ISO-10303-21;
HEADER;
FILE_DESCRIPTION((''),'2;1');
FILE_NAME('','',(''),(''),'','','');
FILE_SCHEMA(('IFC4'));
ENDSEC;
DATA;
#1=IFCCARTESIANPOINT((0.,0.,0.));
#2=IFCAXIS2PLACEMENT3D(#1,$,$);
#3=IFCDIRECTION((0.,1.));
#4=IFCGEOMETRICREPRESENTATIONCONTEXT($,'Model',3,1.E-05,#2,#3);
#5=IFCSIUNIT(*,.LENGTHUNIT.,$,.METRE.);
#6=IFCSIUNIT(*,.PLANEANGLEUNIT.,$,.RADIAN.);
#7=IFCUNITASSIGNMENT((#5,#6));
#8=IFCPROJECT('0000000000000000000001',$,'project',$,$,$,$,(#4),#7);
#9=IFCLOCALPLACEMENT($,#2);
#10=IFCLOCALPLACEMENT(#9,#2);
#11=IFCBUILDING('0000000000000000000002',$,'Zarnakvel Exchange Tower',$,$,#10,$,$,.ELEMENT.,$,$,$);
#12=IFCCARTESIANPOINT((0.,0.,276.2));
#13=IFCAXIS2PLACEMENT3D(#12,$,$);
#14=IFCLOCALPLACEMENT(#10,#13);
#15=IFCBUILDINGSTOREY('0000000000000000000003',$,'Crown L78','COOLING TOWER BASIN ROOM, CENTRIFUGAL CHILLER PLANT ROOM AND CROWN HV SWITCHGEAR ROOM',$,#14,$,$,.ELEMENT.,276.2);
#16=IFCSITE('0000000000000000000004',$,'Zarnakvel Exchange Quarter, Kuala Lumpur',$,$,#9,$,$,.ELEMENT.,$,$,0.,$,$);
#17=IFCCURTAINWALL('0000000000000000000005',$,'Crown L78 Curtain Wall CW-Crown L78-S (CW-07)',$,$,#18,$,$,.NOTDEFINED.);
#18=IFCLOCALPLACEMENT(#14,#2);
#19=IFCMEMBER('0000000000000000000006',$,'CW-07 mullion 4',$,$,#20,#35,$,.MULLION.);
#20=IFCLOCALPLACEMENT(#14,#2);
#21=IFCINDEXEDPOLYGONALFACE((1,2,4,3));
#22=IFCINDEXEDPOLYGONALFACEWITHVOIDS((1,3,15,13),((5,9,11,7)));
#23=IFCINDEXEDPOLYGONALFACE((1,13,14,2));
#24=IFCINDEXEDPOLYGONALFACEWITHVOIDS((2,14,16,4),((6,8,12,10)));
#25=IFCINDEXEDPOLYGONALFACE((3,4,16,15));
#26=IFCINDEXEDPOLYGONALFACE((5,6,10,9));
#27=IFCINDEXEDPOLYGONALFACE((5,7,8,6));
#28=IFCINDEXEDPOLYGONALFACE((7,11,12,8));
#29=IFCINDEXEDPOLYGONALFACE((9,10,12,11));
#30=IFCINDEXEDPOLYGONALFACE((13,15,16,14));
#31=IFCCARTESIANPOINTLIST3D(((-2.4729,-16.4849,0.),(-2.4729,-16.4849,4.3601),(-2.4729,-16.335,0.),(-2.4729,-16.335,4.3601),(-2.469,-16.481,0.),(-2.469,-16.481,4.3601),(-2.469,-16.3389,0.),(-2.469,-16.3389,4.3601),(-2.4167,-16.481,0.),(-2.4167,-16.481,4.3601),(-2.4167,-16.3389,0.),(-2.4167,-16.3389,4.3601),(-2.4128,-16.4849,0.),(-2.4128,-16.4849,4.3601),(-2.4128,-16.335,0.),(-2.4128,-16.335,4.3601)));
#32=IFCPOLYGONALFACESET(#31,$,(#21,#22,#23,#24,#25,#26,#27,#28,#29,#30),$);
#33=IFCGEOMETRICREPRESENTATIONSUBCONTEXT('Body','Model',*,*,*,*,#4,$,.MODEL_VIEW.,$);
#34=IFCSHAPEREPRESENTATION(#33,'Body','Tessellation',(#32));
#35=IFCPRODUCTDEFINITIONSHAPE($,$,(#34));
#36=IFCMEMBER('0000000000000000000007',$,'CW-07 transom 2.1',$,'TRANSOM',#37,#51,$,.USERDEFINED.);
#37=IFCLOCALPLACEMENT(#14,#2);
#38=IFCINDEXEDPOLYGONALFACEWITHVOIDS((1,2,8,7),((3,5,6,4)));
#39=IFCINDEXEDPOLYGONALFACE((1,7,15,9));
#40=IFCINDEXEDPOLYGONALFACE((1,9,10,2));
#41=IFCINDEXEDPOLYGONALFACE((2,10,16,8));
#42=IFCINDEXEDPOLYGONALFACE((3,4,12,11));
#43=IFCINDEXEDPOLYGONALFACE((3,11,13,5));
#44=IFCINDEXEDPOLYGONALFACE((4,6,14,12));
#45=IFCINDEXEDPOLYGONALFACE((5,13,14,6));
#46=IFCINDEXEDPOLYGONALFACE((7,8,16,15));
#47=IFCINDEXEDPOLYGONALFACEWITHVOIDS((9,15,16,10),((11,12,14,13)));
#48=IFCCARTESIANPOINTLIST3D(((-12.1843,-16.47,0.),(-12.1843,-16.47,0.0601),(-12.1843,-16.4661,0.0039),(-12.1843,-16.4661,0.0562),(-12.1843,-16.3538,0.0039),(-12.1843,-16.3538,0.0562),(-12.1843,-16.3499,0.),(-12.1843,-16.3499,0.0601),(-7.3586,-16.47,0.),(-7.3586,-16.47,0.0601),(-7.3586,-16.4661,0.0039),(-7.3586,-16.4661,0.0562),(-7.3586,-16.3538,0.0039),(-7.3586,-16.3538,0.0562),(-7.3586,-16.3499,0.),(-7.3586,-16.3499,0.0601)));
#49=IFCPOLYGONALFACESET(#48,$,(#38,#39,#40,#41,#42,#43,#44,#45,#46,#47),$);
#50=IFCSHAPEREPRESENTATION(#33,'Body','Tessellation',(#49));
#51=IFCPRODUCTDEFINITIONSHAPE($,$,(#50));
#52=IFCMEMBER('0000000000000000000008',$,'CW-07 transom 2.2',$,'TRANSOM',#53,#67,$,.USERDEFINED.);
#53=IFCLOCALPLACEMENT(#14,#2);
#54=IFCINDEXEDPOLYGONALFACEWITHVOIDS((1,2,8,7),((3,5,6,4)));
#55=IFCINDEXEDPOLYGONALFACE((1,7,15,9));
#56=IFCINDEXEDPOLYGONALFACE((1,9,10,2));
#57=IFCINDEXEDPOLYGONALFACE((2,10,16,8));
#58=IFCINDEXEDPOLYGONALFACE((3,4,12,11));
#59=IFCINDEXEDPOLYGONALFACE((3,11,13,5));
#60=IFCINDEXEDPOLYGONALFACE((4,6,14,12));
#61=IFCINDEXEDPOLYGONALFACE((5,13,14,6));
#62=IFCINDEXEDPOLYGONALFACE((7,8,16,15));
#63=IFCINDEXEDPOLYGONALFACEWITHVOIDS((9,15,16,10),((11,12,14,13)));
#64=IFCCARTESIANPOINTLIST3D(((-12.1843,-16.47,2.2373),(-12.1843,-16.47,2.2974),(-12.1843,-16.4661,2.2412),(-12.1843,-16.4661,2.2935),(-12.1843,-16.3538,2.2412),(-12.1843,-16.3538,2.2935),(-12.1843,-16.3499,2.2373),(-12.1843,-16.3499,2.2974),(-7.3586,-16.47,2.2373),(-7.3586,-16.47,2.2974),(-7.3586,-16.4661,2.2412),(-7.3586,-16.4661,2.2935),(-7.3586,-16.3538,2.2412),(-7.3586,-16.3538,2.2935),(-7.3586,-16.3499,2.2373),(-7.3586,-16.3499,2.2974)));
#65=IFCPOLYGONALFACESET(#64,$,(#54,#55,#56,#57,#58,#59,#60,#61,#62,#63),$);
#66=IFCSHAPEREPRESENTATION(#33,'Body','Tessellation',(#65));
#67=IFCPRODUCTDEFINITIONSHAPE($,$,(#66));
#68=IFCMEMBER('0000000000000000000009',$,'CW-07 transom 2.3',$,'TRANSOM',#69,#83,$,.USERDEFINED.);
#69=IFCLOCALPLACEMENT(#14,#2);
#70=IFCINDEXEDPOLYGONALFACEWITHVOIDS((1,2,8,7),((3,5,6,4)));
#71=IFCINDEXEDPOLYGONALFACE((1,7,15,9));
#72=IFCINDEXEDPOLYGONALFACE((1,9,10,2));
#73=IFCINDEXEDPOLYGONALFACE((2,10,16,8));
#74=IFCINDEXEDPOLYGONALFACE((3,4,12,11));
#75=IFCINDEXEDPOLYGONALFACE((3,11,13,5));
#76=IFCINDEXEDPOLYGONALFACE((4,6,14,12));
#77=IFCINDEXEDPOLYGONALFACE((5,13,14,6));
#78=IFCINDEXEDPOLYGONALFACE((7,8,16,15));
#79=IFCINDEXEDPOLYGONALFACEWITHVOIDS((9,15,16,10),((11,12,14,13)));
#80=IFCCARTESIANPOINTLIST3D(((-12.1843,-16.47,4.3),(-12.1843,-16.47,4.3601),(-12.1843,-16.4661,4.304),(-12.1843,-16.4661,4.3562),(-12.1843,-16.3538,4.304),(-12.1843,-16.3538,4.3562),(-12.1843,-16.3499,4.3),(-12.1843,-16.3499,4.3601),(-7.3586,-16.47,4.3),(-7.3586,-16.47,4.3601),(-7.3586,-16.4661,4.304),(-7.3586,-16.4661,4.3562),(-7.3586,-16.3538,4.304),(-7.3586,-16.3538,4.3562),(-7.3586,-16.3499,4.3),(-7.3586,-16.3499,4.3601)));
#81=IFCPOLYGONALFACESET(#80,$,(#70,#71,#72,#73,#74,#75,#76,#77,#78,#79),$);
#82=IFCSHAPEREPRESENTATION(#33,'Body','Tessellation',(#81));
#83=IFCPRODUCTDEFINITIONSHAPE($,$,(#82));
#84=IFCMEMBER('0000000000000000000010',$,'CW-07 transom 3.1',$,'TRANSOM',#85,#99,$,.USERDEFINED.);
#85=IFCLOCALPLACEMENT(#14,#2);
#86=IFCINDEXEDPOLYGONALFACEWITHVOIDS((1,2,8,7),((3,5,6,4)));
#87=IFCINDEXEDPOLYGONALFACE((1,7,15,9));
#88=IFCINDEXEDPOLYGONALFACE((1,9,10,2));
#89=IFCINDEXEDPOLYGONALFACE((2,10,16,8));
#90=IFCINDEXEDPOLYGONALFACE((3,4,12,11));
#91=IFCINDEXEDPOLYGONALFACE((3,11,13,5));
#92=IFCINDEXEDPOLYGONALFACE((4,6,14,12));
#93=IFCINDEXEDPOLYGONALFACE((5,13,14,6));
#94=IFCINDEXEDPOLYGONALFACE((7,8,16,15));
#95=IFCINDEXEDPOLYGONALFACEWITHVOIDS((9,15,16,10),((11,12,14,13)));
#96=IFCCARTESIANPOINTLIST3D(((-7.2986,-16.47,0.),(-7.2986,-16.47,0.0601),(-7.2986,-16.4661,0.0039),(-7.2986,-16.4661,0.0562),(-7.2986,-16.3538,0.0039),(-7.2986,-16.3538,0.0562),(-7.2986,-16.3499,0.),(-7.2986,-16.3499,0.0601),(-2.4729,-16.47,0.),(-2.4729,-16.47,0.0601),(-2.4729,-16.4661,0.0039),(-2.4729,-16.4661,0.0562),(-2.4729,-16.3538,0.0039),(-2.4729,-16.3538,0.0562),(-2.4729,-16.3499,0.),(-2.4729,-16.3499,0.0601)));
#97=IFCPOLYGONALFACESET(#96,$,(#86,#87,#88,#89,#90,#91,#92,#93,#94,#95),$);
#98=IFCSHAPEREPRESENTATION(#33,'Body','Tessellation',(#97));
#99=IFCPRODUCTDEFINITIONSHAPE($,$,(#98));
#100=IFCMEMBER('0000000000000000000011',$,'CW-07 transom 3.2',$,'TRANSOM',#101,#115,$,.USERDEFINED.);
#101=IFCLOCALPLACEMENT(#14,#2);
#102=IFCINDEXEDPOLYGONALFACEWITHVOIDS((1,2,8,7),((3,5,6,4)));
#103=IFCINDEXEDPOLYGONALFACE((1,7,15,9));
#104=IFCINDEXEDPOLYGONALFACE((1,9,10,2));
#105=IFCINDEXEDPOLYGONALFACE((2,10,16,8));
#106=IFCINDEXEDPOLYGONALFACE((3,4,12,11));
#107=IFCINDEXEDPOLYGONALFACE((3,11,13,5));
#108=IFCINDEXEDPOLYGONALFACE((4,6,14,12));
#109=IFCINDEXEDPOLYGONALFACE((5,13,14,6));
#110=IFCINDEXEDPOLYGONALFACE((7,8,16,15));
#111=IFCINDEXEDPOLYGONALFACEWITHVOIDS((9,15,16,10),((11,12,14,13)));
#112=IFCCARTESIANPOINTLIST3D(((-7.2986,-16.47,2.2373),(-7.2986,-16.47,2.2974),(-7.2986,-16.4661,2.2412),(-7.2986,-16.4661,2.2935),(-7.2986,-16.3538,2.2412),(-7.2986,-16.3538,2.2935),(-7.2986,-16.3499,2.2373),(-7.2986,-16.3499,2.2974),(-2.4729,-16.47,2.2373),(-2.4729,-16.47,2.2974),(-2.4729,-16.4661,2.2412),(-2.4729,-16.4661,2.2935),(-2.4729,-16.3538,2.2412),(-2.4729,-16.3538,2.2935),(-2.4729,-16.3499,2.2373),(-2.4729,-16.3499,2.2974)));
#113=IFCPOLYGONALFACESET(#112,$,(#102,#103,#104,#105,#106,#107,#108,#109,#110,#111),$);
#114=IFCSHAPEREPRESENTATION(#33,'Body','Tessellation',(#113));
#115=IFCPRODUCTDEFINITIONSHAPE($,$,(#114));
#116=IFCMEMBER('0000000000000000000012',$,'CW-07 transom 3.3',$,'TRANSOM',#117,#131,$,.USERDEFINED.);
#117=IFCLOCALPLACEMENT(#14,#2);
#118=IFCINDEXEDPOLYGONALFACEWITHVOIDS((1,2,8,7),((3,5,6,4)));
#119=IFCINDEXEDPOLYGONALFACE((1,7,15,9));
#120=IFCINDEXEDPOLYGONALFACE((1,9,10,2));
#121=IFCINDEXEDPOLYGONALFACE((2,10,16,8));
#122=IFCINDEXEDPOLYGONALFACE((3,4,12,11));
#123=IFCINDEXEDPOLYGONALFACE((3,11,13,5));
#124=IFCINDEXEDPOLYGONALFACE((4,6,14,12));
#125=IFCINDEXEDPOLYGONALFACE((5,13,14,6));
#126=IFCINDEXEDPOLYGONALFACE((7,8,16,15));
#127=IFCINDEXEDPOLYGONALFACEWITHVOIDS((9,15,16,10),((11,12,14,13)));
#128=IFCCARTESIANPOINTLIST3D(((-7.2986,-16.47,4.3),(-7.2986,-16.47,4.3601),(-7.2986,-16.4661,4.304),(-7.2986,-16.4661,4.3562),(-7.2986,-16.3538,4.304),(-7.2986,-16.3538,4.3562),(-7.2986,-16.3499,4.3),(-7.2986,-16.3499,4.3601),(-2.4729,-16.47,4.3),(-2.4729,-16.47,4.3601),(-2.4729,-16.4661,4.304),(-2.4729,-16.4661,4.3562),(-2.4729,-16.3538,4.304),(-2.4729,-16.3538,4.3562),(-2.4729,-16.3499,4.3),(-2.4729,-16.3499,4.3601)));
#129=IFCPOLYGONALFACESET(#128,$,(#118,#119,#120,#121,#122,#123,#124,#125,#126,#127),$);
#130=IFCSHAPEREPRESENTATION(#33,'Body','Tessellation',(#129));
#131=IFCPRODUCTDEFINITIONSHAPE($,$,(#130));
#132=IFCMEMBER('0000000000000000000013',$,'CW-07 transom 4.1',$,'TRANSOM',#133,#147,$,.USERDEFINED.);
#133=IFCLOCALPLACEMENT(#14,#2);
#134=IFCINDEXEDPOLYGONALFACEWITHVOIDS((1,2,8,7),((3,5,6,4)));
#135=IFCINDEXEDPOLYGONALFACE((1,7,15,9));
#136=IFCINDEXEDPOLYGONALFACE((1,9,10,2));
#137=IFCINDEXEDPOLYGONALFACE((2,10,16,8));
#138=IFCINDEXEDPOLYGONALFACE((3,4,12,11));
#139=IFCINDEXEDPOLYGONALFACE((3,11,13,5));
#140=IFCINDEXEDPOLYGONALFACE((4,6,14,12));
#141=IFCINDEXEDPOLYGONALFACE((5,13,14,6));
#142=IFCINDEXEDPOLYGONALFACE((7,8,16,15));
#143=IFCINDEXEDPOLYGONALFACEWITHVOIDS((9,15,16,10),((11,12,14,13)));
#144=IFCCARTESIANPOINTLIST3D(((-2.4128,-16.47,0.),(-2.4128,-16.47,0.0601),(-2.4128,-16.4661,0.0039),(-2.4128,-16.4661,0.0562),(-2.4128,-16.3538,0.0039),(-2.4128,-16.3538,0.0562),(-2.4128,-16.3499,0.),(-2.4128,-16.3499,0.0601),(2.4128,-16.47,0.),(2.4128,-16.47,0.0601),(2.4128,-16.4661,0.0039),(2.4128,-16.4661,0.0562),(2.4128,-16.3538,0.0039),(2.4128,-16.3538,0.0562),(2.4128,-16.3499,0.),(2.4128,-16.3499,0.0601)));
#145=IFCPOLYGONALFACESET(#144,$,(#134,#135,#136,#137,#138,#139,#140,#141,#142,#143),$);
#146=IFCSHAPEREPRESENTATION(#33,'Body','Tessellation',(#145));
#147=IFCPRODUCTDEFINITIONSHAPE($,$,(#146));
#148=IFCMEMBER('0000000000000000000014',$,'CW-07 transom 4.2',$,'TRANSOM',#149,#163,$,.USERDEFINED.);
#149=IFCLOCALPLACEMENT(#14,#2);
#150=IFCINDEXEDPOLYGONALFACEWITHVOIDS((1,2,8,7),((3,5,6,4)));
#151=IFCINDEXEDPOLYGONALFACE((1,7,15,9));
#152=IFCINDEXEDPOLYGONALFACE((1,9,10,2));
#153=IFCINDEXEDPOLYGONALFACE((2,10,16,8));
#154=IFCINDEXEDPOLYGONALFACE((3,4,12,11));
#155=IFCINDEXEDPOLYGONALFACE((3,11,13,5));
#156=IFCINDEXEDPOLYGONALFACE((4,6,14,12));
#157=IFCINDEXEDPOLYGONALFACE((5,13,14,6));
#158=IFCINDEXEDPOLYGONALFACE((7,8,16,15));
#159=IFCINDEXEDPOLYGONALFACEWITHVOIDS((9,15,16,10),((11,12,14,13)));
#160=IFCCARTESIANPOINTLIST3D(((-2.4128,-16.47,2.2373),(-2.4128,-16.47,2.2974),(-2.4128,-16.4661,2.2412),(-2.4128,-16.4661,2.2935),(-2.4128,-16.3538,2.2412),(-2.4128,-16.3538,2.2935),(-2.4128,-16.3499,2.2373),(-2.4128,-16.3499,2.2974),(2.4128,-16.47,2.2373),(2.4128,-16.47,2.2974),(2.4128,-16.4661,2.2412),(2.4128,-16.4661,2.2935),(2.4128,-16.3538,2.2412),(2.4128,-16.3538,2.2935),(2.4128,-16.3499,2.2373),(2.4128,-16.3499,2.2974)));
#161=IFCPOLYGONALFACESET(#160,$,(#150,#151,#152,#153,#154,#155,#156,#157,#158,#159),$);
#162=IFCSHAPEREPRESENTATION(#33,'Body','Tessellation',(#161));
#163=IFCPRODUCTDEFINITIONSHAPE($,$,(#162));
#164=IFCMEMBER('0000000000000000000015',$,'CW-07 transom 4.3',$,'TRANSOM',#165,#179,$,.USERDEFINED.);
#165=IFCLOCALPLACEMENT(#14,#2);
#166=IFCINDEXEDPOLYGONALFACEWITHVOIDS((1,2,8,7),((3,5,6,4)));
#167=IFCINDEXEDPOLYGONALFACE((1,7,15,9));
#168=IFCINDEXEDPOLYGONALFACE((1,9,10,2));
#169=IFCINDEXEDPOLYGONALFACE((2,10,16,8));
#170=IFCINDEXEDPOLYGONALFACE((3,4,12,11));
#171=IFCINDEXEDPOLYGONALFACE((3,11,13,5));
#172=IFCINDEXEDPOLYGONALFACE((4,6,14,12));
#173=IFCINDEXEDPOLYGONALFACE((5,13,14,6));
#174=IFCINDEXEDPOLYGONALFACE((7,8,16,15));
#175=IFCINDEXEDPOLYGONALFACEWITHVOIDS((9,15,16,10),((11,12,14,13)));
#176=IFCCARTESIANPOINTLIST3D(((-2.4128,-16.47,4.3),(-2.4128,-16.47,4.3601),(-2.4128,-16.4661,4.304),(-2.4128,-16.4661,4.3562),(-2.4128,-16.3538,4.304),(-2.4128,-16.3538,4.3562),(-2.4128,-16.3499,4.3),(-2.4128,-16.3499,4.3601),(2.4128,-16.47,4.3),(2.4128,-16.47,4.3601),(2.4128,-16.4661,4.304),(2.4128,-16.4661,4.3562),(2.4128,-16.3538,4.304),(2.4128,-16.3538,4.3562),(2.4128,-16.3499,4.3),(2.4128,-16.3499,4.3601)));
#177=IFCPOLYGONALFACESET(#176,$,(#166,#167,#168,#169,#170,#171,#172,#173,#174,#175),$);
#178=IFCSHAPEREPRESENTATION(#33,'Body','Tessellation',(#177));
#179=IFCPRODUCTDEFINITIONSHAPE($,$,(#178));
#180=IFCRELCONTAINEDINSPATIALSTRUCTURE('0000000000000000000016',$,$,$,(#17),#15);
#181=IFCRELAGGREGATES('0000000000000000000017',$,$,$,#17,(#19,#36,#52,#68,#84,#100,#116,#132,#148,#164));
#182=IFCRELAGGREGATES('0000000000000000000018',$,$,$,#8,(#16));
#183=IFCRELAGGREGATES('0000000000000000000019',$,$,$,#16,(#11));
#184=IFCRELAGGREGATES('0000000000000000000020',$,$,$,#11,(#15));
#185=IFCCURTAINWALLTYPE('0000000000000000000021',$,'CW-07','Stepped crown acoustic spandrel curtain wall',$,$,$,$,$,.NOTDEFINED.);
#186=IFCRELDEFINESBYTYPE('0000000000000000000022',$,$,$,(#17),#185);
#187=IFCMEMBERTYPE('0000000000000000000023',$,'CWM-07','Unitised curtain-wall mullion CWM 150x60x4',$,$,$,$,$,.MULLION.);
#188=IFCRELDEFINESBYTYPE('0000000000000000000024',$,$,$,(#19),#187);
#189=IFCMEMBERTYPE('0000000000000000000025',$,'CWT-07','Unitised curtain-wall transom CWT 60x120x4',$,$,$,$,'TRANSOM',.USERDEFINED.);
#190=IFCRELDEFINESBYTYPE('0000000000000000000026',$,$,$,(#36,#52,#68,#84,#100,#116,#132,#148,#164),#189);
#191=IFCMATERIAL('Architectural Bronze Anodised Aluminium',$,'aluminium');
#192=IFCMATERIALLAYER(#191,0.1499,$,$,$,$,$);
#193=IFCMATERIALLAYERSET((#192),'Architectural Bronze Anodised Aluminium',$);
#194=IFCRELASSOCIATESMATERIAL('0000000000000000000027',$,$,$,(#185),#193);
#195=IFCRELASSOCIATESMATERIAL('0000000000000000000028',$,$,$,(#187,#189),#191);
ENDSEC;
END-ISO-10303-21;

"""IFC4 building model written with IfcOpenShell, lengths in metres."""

from ifc_helpers import new_model, si_unit, direction, frame, origin, origin_2d, place, context, subcontext, project, spatial, hollow_rectangle, extrude, source, transform, mapped, material, layer, layer_set, material_profile, profile_set, type_object, element, aggregate, save


model = new_model("IFC4")

# Units and contexts
model_context = context("Model", 3, precision=1e-05, world=origin(), true_north=direction((0.0, 1.0)))
body_context = subcontext(model_context, "Body", "Model", "MODEL_VIEW")
ifc_project = project(units=[si_unit("LENGTHUNIT", "METRE"), si_unit("PLANEANGLEUNIT", "RADIAN")], contexts=[model_context])

# Site, building, storey
site_placement = place(None, origin())
site = spatial("IfcSite", under=ifc_project, at=site_placement, Name="Zarnakvel Exchange Quarter, Kuala Lumpur", CompositionType="ELEMENT", RefElevation=0.0)
building_placement = place(site_placement, origin())
building = spatial("IfcBuilding", under=site, at=building_placement, Name="Zarnakvel Exchange Tower", CompositionType="ELEMENT")
storey_placement = place(building_placement, frame((0.0, 0.0, 276.2)))
storey = spatial("IfcBuildingStorey", under=building, at=storey_placement, Name="Crown L78", Description="COOLING TOWER BASIN ROOM, CENTRIFUGAL CHILLER PLANT ROOM AND CROWN HV SWITCHGEAR ROOM", CompositionType="ELEMENT", Elevation=276.2)

# Curtain wall, members
ifc_material_1 = material(Name="Architectural Bronze Anodised Aluminium", Category="aluminium")
ifc_layer_1 = layer(ifc_material_1, 0.1499)
ifc_layer_set_1 = layer_set([ifc_layer_1], Name="Architectural Bronze Anodised Aluminium")
curtain_wall_type = type_object("IfcCurtainWallType", Name="CW-07", Description="Stepped crown acoustic spandrel curtain wall", PredefinedType="NOTDEFINED", material=ifc_layer_set_1)
curtain_wall_placement = place(storey_placement, origin())
curtain_wall = element("IfcCurtainWall", 1, at=curtain_wall_placement, inside=storey, type_object=curtain_wall_type, Name="Crown L78 Curtain Wall CW-Crown L78-S (CW-07)", PredefinedType="NOTDEFINED")
ifc_material_profile_1 = material_profile(ifc_material_1, hollow_rectangle(XDim=0.1499, YDim=0.0601, WallThickness=0.0039, at=origin_2d()))
ifc_profile_set_1 = profile_set([ifc_material_profile_1], Name="Architectural Bronze Anodised Aluminium")
member_type_1 = type_object("IfcMemberType", Name="CWM-07", Description="Unitised curtain-wall mullion CWM 150x60x4", PredefinedType="MULLION", material=ifc_profile_set_1)
shared_shape_1 = source(origin(), body_context, "Body", "SweptSolid", [
    extrude(hollow_rectangle(XDim=0.1499, YDim=0.0601, WallThickness=0.0039, at=origin_2d()), origin(), (0.0, 0.0, 1.0), 4.3601),
])
member_1_placement = place(storey_placement, frame((-2.4429, -16.4099, 0.0), z_axis=(0.0, 0.0, 1.0), x_axis=(0.0, 1.0, 0.0)))
member_1 = element("IfcMember", 2, at=member_1_placement, type_object=member_type_1, Name="CW-07 mullion 4", PredefinedType="MULLION", context=body_context, shape_type="MappedRepresentation", body=[
    mapped(shared_shape_1, transform((0.0, 0.0, 0.0), x_axis=(1.0, 0.0, 0.0), y_axis=(0.0, 1.0, 0.0), z_axis=(0.0, 0.0, 1.0), scale=1.0)),
])
ifc_material_profile_2 = material_profile(ifc_material_1, hollow_rectangle(XDim=0.1201, YDim=0.0601, WallThickness=0.0039, at=origin_2d()))
ifc_profile_set_2 = profile_set([ifc_material_profile_2], Name="Architectural Bronze Anodised Aluminium")
member_type_2 = type_object("IfcMemberType", Name="CWT-07", Description="Unitised curtain-wall transom CWT 60x120x4", ElementType="TRANSOM", PredefinedType="USERDEFINED", material=ifc_profile_set_2)
shared_shape_2 = source(origin(), body_context, "Body", "SweptSolid", [
    extrude(hollow_rectangle(XDim=0.1201, YDim=0.0601, WallThickness=0.0039, at=origin_2d()), origin(), (0.0, 0.0, 1.0), 4.8257),
])
member_2_placement = place(storey_placement, frame((-12.1843, -16.4099, 0.03), z_axis=(1.0, 0.0, 0.0), x_axis=(0.0, 1.0, 0.0)))
member_2 = element("IfcMember", 3, at=member_2_placement, type_object=member_type_2, Name="CW-07 transom 2.1", ObjectType="TRANSOM", PredefinedType="USERDEFINED", context=body_context, shape_type="MappedRepresentation", body=[
    mapped(shared_shape_2, transform((0.0, 0.0, 0.0), x_axis=(1.0, 0.0, 0.0), y_axis=(0.0, 1.0, 0.0), z_axis=(0.0, 0.0, 1.0), scale=1.0)),
])
member_3_placement = place(storey_placement, frame((-12.1843, -16.4099, 2.2673), z_axis=(1.0, 0.0, 0.0), x_axis=(0.0, 1.0, 0.0)))
member_3 = element("IfcMember", 4, at=member_3_placement, type_object=member_type_2, Name="CW-07 transom 2.2", ObjectType="TRANSOM", PredefinedType="USERDEFINED", context=body_context, shape_type="MappedRepresentation", body=[
    mapped(shared_shape_2, transform((0.0, 0.0, 0.0), x_axis=(1.0, 0.0, 0.0), y_axis=(0.0, 1.0, 0.0), z_axis=(0.0, 0.0, 1.0), scale=1.0)),
])
member_4_placement = place(storey_placement, frame((-12.1843, -16.4099, 4.3301), z_axis=(1.0, 0.0, 0.0), x_axis=(0.0, 1.0, 0.0)))
member_4 = element("IfcMember", 5, at=member_4_placement, type_object=member_type_2, Name="CW-07 transom 2.3", ObjectType="TRANSOM", PredefinedType="USERDEFINED", context=body_context, shape_type="MappedRepresentation", body=[
    mapped(shared_shape_2, transform((0.0, 0.0, 0.0), x_axis=(1.0, 0.0, 0.0), y_axis=(0.0, 1.0, 0.0), z_axis=(0.0, 0.0, 1.0), scale=1.0)),
])
member_5_placement = place(storey_placement, frame((-7.2986, -16.4099, 0.03), z_axis=(1.0, 0.0, 0.0), x_axis=(0.0, 1.0, 0.0)))
member_5 = element("IfcMember", 6, at=member_5_placement, type_object=member_type_2, Name="CW-07 transom 3.1", ObjectType="TRANSOM", PredefinedType="USERDEFINED", context=body_context, shape_type="MappedRepresentation", body=[
    mapped(shared_shape_2, transform((0.0, 0.0, 0.0), x_axis=(1.0, 0.0, 0.0), y_axis=(0.0, 1.0, 0.0), z_axis=(0.0, 0.0, 1.0), scale=1.0)),
])
member_6_placement = place(storey_placement, frame((-7.2986, -16.4099, 2.2673), z_axis=(1.0, 0.0, 0.0), x_axis=(0.0, 1.0, 0.0)))
member_6 = element("IfcMember", 7, at=member_6_placement, type_object=member_type_2, Name="CW-07 transom 3.2", ObjectType="TRANSOM", PredefinedType="USERDEFINED", context=body_context, shape_type="MappedRepresentation", body=[
    mapped(shared_shape_2, transform((0.0, 0.0, 0.0), x_axis=(1.0, 0.0, 0.0), y_axis=(0.0, 1.0, 0.0), z_axis=(0.0, 0.0, 1.0), scale=1.0)),
])
member_7_placement = place(storey_placement, frame((-7.2986, -16.4099, 4.3301), z_axis=(1.0, 0.0, 0.0), x_axis=(0.0, 1.0, 0.0)))
member_7 = element("IfcMember", 8, at=member_7_placement, type_object=member_type_2, Name="CW-07 transom 3.3", ObjectType="TRANSOM", PredefinedType="USERDEFINED", context=body_context, shape_type="MappedRepresentation", body=[
    mapped(shared_shape_2, transform((0.0, 0.0, 0.0), x_axis=(1.0, 0.0, 0.0), y_axis=(0.0, 1.0, 0.0), z_axis=(0.0, 0.0, 1.0), scale=1.0)),
])
member_8_placement = place(storey_placement, frame((-2.4128, -16.4099, 0.03), z_axis=(1.0, 0.0, 0.0), x_axis=(0.0, 1.0, 0.0)))
member_8 = element("IfcMember", 9, at=member_8_placement, type_object=member_type_2, Name="CW-07 transom 4.1", ObjectType="TRANSOM", PredefinedType="USERDEFINED", context=body_context, shape_type="MappedRepresentation", body=[
    mapped(shared_shape_2, transform((0.0, 0.0, 0.0), x_axis=(1.0, 0.0, 0.0), y_axis=(0.0, 1.0, 0.0), z_axis=(0.0, 0.0, 1.0), scale=1.0)),
])
member_9_placement = place(storey_placement, frame((-2.4128, -16.4099, 2.2673), z_axis=(1.0, 0.0, 0.0), x_axis=(0.0, 1.0, 0.0)))
member_9 = element("IfcMember", 10, at=member_9_placement, type_object=member_type_2, Name="CW-07 transom 4.2", ObjectType="TRANSOM", PredefinedType="USERDEFINED", context=body_context, shape_type="MappedRepresentation", body=[
    mapped(shared_shape_2, transform((0.0, 0.0, 0.0), x_axis=(1.0, 0.0, 0.0), y_axis=(0.0, 1.0, 0.0), z_axis=(0.0, 0.0, 1.0), scale=1.0)),
])
member_10_placement = place(storey_placement, frame((-2.4128, -16.4099, 4.3301), z_axis=(1.0, 0.0, 0.0), x_axis=(0.0, 1.0, 0.0)))
member_10 = element("IfcMember", 11, at=member_10_placement, type_object=member_type_2, Name="CW-07 transom 4.3", ObjectType="TRANSOM", PredefinedType="USERDEFINED", context=body_context, shape_type="MappedRepresentation", body=[
    mapped(shared_shape_2, transform((0.0, 0.0, 0.0), x_axis=(1.0, 0.0, 0.0), y_axis=(0.0, 1.0, 0.0), z_axis=(0.0, 0.0, 1.0), scale=1.0)),
])
aggregate(curtain_wall, [member_1, member_2, member_3, member_4, member_5, member_6, member_7, member_8, member_9, member_10])

save(model, "model.ifc")
